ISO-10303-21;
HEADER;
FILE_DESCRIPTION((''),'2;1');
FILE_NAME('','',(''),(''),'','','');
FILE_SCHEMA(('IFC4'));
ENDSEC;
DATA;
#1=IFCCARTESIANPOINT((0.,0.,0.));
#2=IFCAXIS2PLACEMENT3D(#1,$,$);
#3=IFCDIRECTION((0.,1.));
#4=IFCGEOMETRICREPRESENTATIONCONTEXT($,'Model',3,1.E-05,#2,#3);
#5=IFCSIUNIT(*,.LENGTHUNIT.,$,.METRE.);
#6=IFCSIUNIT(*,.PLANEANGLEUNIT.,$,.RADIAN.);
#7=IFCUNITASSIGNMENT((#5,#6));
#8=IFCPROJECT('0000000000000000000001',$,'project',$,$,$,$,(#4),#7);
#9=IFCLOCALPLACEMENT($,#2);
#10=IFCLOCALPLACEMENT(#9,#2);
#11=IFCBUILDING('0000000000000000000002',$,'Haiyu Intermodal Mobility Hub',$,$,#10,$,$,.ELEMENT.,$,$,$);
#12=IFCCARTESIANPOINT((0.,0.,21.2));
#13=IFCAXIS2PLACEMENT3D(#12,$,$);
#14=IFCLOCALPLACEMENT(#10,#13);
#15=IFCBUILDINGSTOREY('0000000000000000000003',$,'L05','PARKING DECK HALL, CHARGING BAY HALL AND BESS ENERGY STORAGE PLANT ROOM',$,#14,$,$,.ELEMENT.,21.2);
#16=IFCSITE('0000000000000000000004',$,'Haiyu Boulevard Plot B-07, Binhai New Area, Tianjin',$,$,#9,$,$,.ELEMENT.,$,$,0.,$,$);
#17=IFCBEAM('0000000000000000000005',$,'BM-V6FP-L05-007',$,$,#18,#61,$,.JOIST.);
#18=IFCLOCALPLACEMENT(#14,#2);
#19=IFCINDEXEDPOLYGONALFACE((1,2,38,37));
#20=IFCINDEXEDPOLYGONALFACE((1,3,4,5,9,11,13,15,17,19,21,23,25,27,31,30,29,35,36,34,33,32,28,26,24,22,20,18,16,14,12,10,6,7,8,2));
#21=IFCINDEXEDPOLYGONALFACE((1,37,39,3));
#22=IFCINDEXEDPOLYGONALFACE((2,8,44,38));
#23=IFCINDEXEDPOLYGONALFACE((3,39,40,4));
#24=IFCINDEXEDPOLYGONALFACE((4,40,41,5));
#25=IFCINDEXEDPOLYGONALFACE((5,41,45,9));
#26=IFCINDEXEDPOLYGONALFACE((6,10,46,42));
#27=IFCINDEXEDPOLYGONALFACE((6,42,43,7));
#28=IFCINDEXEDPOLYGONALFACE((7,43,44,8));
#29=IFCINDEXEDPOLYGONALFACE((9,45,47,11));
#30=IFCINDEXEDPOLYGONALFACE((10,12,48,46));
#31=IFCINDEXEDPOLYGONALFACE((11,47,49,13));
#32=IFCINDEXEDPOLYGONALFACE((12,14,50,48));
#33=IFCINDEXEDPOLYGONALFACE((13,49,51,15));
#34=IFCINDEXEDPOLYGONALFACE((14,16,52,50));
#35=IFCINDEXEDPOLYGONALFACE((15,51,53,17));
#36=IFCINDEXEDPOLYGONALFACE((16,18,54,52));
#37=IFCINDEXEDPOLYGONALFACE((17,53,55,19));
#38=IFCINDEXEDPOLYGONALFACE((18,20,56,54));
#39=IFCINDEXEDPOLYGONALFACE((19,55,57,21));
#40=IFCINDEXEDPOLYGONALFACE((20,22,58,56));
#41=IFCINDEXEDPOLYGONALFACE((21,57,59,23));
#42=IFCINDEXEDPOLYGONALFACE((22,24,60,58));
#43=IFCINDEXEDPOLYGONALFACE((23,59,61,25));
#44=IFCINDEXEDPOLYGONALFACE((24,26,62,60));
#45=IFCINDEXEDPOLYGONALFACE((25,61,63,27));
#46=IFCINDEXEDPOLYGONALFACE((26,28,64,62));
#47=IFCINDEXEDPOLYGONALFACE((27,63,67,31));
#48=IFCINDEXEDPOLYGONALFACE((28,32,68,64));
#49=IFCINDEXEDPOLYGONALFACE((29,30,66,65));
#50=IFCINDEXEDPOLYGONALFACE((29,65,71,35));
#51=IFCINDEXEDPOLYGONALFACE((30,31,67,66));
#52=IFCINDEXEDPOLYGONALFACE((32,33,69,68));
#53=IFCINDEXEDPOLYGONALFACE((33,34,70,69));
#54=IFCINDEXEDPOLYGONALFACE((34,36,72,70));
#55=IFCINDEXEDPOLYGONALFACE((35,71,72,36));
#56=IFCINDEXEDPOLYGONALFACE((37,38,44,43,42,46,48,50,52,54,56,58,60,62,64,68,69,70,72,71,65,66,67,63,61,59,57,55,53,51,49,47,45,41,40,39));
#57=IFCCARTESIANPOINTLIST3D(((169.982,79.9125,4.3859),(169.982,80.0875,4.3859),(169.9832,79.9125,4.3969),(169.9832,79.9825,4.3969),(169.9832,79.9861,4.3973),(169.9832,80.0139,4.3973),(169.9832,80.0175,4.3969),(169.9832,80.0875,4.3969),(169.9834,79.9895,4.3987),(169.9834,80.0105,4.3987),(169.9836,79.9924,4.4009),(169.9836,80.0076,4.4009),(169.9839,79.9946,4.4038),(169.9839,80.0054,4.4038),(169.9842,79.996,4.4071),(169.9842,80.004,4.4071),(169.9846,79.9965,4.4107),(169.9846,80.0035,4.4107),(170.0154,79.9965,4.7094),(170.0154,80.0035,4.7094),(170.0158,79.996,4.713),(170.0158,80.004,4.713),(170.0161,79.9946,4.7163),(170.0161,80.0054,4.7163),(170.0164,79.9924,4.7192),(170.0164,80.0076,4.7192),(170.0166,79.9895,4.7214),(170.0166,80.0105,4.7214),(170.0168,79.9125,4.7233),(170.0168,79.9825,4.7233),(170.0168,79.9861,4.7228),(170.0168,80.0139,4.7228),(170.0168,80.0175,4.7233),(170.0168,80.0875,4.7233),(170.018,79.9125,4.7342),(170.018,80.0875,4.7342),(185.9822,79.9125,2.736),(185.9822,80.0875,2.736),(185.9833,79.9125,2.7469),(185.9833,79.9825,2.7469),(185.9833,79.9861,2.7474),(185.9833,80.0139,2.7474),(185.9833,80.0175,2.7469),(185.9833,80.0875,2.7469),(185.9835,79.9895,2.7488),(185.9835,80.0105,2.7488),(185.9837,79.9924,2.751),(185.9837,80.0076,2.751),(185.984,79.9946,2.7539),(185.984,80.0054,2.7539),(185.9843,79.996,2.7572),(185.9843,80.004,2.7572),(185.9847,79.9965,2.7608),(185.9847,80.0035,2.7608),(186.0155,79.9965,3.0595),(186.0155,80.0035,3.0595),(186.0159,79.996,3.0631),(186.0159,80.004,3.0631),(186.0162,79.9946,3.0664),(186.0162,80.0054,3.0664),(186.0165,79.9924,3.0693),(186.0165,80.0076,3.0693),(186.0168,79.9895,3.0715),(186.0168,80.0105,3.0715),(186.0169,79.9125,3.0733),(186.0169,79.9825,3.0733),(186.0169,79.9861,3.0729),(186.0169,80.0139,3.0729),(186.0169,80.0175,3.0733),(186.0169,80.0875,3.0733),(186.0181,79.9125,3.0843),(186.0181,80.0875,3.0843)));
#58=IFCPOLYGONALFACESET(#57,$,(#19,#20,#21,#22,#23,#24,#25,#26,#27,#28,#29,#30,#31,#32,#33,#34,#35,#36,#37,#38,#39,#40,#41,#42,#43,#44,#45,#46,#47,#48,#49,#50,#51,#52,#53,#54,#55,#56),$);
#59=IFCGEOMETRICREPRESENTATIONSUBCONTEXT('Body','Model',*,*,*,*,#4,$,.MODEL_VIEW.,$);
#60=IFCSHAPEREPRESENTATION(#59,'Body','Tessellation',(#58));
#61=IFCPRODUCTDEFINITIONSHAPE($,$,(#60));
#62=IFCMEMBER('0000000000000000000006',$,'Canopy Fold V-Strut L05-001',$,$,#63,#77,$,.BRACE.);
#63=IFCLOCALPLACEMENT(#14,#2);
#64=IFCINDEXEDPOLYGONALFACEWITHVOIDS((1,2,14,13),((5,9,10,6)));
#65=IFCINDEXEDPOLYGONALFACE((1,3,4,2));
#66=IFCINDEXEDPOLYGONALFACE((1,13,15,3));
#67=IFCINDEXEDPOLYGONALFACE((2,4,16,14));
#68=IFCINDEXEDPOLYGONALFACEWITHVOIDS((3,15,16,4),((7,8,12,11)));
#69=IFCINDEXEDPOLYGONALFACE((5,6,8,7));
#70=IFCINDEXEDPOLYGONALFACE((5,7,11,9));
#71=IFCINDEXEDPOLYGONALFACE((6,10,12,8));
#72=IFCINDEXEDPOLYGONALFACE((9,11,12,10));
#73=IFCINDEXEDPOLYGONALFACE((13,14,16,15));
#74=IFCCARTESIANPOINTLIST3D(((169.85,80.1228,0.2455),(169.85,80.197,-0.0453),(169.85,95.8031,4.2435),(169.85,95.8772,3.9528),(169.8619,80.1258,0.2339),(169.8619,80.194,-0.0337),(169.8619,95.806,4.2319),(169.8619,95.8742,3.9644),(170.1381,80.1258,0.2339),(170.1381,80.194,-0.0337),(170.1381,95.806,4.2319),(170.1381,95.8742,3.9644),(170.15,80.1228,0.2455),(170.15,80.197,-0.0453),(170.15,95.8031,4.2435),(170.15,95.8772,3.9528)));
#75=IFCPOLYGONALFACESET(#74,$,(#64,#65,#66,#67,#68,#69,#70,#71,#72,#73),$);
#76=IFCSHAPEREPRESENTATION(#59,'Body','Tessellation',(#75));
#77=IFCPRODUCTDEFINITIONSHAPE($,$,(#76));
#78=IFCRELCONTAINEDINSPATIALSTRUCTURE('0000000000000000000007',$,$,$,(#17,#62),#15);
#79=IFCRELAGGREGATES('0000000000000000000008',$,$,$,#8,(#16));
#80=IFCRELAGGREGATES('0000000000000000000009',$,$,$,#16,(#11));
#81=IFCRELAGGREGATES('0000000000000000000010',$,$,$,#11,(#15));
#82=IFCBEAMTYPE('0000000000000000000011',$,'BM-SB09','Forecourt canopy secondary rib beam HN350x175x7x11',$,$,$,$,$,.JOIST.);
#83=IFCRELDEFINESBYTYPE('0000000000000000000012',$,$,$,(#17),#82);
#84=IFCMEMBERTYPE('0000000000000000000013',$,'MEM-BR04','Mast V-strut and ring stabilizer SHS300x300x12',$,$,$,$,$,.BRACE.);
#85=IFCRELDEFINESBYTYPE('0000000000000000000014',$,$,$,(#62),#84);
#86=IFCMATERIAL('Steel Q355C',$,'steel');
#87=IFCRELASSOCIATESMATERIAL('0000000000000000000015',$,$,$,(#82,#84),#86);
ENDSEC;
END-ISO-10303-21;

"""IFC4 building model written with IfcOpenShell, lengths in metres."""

from ifc_helpers import new_model, si_unit, direction, frame, origin, origin_2d, place, context, subcontext, project, spatial, hollow_rectangle, i_section, extrude, material, material_profile, profile_set, type_object, element, save


model = new_model("IFC4")

# Units and contexts
model_context = context("Model", 3, precision=1e-05, world=origin(), true_north=direction((0.0, 1.0)))
body_context = subcontext(model_context, "Body", "Model", "MODEL_VIEW")
ifc_project = project(units=[si_unit("LENGTHUNIT", "METRE"), si_unit("PLANEANGLEUNIT", "RADIAN")], contexts=[model_context])

# Site, building, storey
site_placement = place(None, origin())
site = spatial("IfcSite", under=ifc_project, at=site_placement, Name="Haiyu Boulevard Plot B-07, Binhai New Area, Tianjin", CompositionType="ELEMENT", RefElevation=0.0)
building_placement = place(site_placement, origin())
building = spatial("IfcBuilding", under=site, at=building_placement, Name="Haiyu Intermodal Mobility Hub", CompositionType="ELEMENT")
storey_placement = place(building_placement, frame((0.0, 0.0, 21.2)))
storey = spatial("IfcBuildingStorey", under=building, at=storey_placement, Name="L05", Description="PARKING DECK HALL, CHARGING BAY HALL AND BESS ENERGY STORAGE PLANT ROOM", CompositionType="ELEMENT", Elevation=21.2)

# Shared definitions
ifc_material_1 = material(Name="Steel Q355C", Category="steel")

# Beam
ifc_material_profile_1 = material_profile(ifc_material_1, i_section(OverallWidth=0.175, OverallDepth=0.3501, WebThickness=0.0071, FlangeThickness=0.011, FilletRadius=0.0139, at=origin_2d()), Name="HN350x175x7x11")
ifc_profile_set_1 = profile_set([ifc_material_profile_1], Name="Steel Q355C")
beam_type_1 = type_object("IfcBeamType", Name="BM-SB09", Description="Forecourt canopy secondary rib beam HN350x175x7x11", PredefinedType="JOIST", material=ifc_profile_set_1)
beam_1_placement = place(storey_placement, frame((170.0, 80.0, 4.5601), z_axis=(0.994725, 0.0, -0.102575), x_axis=(0.0, 1.0, 0.0)))
element("IfcBeam", 1, at=beam_1_placement, inside=storey, type_object=beam_type_1, Name="BM-V6FP-L05-007", PredefinedType="JOIST", context=body_context, shape_type="SweptSolid", body=[
    extrude(i_section(OverallWidth=0.175, OverallDepth=0.3501, WebThickness=0.0071, FlangeThickness=0.011, FilletRadius=0.0139, at=origin_2d()), origin(), (0.0, 0.0, 1.0), 16.085),
])

# Member
ifc_material_profile_2 = material_profile(ifc_material_1, hollow_rectangle(XDim=0.3, YDim=0.3, WallThickness=0.012, at=origin_2d()), Name="SHS300x300x12")
ifc_profile_set_2 = profile_set([ifc_material_profile_2], Name="Steel Q355C")
member_type = type_object("IfcMemberType", Name="MEM-BR04", Description="Mast V-strut and ring stabilizer SHS300x300x12", PredefinedType="BRACE", material=ifc_profile_set_2)
member_placement = place(storey_placement, frame((170.0, 80.1599, 0.1001), z_axis=(0.0, 0.968998, 0.24707), x_axis=(-1.0, 0.0, 0.0)))
element("IfcMember", 2, at=member_placement, inside=storey, type_object=member_type, Name="Canopy Fold V-Strut L05-001", PredefinedType="BRACE", context=body_context, shape_type="SweptSolid", body=[
    extrude(hollow_rectangle(XDim=0.3, YDim=0.3, WallThickness=0.012, at=origin_2d()), origin(), (0.0, 0.0, 1.0), 16.1819),
])

save(model, "model.ifc")
